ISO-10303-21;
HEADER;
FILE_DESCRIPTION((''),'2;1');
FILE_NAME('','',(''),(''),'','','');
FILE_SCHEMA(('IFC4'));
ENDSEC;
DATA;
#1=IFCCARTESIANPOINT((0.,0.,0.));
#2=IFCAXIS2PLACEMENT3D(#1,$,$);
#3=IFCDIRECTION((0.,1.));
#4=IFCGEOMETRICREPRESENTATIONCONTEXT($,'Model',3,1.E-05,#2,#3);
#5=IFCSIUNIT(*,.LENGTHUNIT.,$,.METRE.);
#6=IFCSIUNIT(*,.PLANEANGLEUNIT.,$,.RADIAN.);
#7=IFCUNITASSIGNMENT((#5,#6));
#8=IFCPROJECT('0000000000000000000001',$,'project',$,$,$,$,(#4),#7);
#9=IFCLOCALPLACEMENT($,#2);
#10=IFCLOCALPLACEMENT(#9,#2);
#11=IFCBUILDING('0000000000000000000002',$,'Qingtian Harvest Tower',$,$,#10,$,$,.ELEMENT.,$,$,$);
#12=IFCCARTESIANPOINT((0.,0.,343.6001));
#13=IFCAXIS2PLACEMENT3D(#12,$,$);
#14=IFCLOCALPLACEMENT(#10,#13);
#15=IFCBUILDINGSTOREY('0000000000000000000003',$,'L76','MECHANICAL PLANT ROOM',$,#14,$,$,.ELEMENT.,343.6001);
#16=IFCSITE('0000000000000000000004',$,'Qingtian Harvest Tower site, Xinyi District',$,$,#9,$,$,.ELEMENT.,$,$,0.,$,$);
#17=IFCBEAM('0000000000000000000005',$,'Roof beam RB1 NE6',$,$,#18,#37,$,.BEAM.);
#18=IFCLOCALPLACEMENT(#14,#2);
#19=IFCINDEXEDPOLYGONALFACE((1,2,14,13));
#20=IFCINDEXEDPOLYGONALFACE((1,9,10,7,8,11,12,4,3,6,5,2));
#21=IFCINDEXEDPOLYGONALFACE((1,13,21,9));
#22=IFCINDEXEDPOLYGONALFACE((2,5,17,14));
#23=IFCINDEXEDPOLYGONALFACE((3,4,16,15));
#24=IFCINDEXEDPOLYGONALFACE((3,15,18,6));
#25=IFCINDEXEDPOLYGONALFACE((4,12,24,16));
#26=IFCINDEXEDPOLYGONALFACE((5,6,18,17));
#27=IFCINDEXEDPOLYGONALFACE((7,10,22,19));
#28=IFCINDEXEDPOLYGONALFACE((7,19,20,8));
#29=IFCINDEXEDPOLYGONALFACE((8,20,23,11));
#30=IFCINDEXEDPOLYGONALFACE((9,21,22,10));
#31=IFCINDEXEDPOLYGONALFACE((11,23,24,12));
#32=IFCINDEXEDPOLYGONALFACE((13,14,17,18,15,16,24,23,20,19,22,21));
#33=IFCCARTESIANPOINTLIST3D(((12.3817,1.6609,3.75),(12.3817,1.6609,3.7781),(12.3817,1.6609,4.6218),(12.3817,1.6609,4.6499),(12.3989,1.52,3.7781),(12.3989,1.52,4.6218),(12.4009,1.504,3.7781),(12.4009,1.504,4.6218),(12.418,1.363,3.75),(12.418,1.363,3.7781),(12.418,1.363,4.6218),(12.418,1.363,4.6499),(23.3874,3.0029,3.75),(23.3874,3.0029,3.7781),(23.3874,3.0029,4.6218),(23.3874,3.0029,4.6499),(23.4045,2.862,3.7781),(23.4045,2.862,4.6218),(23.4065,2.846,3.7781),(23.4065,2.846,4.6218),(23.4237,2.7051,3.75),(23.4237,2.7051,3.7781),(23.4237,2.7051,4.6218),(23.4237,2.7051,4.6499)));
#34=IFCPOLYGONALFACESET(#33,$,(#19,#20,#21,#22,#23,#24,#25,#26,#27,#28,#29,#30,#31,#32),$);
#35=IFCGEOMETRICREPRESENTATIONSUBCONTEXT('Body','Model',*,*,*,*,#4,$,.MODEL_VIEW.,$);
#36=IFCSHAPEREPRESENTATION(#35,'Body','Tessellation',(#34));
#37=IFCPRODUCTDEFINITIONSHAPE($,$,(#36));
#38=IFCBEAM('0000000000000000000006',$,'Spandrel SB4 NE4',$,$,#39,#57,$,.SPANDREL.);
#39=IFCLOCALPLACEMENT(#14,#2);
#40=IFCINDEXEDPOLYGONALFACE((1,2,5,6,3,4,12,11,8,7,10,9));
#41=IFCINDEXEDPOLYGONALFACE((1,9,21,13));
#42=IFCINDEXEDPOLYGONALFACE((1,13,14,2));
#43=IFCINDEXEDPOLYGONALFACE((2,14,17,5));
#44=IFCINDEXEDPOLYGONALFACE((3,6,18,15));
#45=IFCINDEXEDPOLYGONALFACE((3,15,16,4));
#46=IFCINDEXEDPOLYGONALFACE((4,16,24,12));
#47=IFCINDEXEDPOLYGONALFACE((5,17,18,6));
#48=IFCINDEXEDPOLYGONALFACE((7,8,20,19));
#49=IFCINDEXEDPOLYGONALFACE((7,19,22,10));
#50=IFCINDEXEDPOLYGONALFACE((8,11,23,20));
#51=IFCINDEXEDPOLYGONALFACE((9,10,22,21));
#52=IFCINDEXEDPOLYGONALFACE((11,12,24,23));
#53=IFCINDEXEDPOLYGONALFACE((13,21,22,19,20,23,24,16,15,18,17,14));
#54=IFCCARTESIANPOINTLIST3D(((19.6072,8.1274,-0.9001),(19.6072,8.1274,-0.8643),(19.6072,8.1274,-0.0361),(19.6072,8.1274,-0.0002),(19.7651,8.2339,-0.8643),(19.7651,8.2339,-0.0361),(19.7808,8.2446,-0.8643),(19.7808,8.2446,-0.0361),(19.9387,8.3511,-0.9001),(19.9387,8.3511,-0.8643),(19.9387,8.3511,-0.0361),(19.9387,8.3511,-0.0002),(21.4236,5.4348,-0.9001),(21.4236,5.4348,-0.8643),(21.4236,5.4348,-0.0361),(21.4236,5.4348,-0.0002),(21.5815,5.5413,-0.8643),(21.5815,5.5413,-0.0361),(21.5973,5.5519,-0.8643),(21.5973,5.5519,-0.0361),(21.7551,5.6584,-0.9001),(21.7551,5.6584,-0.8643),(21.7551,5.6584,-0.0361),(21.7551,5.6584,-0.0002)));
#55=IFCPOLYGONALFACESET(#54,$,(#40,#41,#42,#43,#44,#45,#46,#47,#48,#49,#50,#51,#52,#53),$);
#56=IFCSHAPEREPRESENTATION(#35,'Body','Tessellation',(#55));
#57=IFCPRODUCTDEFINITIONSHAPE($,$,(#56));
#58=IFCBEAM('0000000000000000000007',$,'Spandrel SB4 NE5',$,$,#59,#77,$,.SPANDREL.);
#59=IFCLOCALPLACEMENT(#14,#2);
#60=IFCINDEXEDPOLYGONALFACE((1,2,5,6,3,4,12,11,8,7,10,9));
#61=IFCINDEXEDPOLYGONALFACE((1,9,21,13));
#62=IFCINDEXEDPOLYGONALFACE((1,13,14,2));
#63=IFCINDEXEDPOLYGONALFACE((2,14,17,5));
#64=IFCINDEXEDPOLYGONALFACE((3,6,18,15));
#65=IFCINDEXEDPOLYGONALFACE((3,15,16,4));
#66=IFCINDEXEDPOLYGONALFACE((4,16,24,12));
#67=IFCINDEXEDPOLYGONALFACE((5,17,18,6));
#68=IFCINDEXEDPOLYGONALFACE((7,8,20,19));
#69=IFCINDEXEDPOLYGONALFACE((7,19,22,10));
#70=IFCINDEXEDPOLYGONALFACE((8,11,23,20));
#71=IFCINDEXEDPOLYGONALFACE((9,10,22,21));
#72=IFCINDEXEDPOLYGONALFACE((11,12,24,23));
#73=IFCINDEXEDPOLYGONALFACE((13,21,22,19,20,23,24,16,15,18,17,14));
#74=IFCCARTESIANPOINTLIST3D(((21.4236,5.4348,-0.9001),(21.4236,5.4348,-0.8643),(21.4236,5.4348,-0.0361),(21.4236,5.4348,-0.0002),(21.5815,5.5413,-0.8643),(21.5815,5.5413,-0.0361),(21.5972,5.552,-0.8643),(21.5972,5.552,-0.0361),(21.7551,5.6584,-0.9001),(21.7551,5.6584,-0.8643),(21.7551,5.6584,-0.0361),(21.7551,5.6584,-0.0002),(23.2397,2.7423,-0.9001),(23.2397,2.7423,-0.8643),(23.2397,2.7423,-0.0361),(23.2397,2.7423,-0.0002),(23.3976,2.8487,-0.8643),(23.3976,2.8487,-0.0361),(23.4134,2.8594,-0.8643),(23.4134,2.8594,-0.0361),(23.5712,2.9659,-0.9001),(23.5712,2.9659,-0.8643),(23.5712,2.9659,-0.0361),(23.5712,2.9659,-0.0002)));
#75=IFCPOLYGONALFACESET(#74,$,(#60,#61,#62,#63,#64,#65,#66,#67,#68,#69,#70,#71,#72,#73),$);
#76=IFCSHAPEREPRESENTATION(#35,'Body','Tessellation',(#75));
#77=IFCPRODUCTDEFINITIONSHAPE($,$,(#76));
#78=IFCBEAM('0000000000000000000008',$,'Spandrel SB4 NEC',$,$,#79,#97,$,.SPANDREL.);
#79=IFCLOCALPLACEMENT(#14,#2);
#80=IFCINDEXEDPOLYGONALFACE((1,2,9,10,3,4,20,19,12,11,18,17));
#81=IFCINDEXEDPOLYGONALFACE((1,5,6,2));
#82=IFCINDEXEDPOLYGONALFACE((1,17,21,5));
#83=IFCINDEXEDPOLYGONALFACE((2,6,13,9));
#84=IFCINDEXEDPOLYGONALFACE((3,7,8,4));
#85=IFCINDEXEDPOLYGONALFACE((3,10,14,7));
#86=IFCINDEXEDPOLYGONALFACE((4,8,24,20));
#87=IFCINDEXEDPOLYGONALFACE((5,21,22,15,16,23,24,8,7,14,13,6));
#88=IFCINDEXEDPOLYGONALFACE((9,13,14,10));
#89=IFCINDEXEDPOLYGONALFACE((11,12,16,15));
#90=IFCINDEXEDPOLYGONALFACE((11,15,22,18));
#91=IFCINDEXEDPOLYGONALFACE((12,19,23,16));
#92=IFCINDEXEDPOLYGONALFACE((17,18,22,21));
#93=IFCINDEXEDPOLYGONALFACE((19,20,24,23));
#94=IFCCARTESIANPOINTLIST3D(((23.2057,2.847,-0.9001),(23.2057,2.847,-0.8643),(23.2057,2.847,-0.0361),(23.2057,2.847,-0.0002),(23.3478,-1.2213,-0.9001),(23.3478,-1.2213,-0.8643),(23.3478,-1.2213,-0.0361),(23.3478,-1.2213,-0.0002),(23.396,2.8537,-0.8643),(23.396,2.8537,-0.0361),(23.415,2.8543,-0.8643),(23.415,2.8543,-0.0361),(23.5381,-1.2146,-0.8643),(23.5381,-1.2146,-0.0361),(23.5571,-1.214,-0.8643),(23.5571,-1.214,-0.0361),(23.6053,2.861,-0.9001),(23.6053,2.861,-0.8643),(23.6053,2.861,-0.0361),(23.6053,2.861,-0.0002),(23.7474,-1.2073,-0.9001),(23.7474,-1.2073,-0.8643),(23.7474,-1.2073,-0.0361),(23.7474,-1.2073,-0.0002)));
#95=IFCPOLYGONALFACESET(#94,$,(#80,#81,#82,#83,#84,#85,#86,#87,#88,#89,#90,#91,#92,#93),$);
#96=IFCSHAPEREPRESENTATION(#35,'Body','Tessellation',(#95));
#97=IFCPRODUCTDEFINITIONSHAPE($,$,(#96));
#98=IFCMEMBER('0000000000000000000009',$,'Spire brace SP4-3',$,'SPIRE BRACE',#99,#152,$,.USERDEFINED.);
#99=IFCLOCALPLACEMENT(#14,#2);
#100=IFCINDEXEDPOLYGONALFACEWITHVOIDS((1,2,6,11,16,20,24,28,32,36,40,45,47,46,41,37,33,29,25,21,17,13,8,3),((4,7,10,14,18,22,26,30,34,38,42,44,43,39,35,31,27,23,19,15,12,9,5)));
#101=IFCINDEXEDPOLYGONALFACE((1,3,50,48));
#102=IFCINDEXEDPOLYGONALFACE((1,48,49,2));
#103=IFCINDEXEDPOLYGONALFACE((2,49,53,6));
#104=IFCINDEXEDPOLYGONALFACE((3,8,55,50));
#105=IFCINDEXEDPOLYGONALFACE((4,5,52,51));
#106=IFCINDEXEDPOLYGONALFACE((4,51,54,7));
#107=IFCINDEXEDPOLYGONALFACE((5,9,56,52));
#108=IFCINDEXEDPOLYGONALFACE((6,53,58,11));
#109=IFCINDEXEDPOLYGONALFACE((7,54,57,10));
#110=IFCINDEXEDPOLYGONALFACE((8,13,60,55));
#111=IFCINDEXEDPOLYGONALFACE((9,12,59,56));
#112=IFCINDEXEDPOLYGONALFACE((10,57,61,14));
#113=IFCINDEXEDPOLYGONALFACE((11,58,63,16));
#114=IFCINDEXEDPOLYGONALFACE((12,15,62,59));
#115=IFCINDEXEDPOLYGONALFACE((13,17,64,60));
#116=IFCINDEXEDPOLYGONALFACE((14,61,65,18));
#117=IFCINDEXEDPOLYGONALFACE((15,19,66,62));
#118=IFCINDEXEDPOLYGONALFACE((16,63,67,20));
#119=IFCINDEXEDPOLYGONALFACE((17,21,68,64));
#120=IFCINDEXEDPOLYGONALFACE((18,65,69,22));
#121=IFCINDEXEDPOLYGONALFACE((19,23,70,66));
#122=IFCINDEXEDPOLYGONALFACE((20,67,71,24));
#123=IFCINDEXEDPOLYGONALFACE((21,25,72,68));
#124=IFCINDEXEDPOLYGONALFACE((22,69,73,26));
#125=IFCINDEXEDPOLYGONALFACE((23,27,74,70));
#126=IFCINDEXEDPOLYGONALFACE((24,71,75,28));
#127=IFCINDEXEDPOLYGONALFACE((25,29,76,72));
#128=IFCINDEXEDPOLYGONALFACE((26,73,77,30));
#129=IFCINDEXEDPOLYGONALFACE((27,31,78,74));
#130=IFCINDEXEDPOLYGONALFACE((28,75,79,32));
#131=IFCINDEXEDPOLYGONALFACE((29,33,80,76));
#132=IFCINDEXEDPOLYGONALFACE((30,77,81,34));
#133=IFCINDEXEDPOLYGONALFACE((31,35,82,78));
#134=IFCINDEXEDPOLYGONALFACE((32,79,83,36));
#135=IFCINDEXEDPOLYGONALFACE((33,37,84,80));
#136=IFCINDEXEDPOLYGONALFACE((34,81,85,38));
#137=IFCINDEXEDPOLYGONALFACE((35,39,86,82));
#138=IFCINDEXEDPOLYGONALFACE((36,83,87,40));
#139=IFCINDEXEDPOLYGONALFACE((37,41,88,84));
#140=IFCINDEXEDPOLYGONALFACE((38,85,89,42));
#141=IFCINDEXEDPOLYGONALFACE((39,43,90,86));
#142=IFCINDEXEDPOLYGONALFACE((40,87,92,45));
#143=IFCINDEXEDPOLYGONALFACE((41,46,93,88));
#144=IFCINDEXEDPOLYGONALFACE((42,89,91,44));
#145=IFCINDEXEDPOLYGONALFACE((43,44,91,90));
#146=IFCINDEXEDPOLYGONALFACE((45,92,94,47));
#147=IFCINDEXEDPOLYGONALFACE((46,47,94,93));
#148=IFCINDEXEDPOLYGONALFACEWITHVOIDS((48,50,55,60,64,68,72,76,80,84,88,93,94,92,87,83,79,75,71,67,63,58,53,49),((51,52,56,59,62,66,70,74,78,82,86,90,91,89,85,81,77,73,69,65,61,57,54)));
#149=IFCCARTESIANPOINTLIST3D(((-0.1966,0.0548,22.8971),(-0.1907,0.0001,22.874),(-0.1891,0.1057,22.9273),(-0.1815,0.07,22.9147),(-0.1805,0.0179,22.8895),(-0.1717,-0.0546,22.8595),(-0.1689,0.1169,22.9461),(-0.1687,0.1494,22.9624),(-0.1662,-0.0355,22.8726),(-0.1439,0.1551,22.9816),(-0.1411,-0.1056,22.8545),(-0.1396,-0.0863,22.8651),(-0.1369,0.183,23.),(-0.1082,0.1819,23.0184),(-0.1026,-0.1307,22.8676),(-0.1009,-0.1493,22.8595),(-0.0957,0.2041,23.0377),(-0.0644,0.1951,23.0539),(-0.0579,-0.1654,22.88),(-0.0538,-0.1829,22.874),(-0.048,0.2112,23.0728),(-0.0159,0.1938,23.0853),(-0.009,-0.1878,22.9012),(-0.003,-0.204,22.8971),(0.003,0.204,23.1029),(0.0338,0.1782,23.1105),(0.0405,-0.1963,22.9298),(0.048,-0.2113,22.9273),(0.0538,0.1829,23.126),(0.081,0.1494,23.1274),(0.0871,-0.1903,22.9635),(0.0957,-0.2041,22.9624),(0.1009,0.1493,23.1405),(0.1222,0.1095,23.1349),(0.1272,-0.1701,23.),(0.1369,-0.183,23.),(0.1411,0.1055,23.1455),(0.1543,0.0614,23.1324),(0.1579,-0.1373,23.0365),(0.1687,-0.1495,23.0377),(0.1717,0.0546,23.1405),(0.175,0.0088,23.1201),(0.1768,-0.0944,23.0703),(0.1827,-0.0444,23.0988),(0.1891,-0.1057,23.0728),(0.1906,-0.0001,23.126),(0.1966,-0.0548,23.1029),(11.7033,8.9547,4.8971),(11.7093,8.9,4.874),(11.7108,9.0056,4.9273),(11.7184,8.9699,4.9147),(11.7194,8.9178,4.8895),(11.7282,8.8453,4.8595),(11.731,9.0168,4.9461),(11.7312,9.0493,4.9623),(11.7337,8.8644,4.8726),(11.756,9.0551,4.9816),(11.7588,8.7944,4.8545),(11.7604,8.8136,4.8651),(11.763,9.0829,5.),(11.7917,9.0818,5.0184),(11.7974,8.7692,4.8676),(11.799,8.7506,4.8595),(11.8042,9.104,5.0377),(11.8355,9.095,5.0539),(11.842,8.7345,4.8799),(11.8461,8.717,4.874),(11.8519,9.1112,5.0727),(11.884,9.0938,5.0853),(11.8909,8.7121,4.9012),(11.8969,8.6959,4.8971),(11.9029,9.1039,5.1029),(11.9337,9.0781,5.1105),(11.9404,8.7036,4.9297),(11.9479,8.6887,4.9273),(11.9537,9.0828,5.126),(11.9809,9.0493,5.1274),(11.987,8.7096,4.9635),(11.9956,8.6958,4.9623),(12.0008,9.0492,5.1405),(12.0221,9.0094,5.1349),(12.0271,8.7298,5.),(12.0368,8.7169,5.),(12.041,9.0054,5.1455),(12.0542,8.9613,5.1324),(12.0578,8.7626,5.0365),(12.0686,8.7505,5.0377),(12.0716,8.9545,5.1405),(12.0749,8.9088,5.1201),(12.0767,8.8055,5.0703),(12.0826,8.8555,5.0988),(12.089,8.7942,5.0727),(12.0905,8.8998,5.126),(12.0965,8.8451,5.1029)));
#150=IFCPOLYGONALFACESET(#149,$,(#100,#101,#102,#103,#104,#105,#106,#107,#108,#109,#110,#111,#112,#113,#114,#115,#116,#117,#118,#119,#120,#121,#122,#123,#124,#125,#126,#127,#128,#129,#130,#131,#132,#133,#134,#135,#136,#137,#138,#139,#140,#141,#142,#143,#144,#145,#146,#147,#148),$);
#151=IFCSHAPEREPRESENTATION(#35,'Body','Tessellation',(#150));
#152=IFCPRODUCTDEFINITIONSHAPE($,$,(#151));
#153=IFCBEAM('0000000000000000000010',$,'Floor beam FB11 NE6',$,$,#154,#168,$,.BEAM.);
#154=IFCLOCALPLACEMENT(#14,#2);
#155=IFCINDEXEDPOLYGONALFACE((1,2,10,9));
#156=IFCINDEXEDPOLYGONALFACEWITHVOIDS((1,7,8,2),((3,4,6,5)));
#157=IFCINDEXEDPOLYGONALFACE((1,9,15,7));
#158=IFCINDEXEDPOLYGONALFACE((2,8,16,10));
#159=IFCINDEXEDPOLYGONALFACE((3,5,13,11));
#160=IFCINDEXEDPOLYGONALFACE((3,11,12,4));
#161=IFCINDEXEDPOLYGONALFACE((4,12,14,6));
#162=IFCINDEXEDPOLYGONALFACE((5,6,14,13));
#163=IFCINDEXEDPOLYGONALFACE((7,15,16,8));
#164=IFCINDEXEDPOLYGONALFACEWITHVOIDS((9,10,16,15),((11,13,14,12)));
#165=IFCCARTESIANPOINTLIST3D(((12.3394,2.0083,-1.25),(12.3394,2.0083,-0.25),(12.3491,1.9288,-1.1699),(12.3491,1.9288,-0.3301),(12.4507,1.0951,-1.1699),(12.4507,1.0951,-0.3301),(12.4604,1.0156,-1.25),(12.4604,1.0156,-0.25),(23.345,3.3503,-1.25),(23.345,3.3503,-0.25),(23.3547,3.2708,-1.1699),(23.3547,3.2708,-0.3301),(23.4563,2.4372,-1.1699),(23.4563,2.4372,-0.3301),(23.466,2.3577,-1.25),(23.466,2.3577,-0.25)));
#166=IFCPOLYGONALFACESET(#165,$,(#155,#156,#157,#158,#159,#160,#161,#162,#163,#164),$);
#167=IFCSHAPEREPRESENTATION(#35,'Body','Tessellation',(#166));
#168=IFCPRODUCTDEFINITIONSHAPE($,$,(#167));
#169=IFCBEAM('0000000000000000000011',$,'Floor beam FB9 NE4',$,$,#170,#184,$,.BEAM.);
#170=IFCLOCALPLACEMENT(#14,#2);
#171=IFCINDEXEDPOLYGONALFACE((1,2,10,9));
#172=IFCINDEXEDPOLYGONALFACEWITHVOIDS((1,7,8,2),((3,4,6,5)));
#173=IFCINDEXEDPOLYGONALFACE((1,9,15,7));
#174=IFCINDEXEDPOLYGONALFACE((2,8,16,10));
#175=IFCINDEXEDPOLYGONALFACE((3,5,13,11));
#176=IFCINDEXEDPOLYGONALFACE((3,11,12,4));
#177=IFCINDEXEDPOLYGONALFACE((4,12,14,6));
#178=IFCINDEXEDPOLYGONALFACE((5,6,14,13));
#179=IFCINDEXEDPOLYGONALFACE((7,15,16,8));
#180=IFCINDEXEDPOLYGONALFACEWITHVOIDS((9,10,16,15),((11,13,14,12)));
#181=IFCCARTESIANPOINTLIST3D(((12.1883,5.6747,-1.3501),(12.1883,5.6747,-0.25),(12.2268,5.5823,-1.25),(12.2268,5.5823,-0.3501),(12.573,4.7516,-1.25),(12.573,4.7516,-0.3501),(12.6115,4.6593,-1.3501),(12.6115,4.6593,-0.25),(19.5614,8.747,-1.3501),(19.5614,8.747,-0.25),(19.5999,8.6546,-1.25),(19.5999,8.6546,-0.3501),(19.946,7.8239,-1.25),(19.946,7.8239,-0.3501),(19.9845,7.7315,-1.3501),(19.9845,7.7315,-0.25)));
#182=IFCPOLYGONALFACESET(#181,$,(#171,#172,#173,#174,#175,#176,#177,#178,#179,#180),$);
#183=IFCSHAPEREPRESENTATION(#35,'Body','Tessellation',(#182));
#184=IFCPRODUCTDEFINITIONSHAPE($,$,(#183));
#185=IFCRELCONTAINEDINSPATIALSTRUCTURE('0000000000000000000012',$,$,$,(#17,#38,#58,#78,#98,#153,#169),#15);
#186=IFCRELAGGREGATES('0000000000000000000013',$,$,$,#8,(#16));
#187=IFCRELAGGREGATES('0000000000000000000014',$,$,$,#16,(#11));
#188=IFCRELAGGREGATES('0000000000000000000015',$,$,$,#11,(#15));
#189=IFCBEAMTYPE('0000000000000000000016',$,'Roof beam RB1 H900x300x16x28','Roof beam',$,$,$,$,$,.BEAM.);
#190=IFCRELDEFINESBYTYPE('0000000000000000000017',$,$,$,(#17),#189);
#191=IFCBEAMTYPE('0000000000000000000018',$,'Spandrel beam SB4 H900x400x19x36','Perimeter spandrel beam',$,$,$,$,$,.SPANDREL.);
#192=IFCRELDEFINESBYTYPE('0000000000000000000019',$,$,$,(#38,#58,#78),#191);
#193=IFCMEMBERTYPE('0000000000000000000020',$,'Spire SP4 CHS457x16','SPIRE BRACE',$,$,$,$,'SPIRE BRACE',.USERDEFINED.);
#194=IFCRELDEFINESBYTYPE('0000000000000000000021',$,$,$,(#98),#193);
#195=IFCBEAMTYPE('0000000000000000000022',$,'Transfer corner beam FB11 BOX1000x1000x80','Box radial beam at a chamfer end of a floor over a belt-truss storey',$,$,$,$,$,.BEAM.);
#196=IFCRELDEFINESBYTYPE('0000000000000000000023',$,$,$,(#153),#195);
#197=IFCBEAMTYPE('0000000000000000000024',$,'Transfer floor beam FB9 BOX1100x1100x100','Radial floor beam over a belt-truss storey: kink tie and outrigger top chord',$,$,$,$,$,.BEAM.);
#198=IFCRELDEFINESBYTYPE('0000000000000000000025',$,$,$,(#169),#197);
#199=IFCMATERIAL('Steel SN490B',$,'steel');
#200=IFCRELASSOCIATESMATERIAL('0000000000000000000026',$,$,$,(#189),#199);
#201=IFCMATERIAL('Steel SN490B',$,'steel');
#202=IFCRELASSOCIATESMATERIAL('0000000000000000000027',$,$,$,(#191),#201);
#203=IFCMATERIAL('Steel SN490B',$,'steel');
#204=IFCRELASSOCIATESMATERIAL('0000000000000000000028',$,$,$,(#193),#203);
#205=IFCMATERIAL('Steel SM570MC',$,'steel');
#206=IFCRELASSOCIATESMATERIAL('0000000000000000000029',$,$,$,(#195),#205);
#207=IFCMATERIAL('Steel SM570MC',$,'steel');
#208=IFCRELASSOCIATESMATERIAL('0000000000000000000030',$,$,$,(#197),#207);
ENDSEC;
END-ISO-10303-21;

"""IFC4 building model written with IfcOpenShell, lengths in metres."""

from ifc_helpers import new_model, si_unit, direction, frame, origin, origin_2d, place, context, subcontext, project, spatial, hollow_rectangle, hollow_circle, i_section, extrude, material, material_profile, profile_set, type_object, element, save


model = new_model("IFC4")

# Units and contexts
model_context = context("Model", 3, precision=1e-05, world=origin(), true_north=direction((0.0, 1.0)))
body_context = subcontext(model_context, "Body", "Model", "MODEL_VIEW")
ifc_project = project(units=[si_unit("LENGTHUNIT", "METRE"), si_unit("PLANEANGLEUNIT", "RADIAN")], contexts=[model_context])

# Site, building, storey
site_placement = place(None, origin())
site = spatial("IfcSite", under=ifc_project, at=site_placement, Name="Qingtian Harvest Tower site, Xinyi District", CompositionType="ELEMENT", RefElevation=0.0)
building_placement = place(site_placement, origin())
building = spatial("IfcBuilding", under=site, at=building_placement, Name="Qingtian Harvest Tower", CompositionType="ELEMENT")
storey_placement = place(building_placement, frame((0.0, 0.0, 343.6001)))
storey = spatial("IfcBuildingStorey", under=building, at=storey_placement, Name="L76", Description="MECHANICAL PLANT ROOM", CompositionType="ELEMENT", Elevation=343.6001)

# Beams
ifc_material_1 = material(Name="Steel SN490B", Category="steel")
ifc_material_profile_1 = material_profile(ifc_material_1, i_section(OverallWidth=0.3, OverallDepth=0.8999, WebThickness=0.0161, FlangeThickness=0.0281, at=origin_2d()), Name="H900x300x16x28")
ifc_profile_set_1 = profile_set([ifc_material_profile_1], Name="Steel SN490B")
beam_type_1 = type_object("IfcBeamType", Name="Roof beam RB1 H900x300x16x28", Description="Roof beam", PredefinedType="BEAM", material=ifc_profile_set_1)
beam_1_placement = place(storey_placement, frame((23.4055, 2.854, 4.2), z_axis=(-0.992647, -0.121045, 0.0), x_axis=(0.121045, -0.992647, 0.0)))
element("IfcBeam", 1, at=beam_1_placement, inside=storey, type_object=beam_type_1, Name="Roof beam RB1 NE6", PredefinedType="BEAM", context=body_context, shape_type="SweptSolid", body=[
    extrude(i_section(OverallWidth=0.3, OverallDepth=0.8999, WebThickness=0.0161, FlangeThickness=0.0281, at=origin_2d()), origin(), (0.0, 0.0, 1.0), 11.0872),
])
ifc_material_2 = material(Name="Steel SN490B", Category="steel")
ifc_material_profile_2 = material_profile(ifc_material_2, i_section(OverallWidth=0.3999, OverallDepth=0.8999, WebThickness=0.019, FlangeThickness=0.0359, at=origin_2d()), Name="H900x400x19x36")
ifc_profile_set_2 = profile_set([ifc_material_profile_2], Name="Steel SN490B")
beam_type_2 = type_object("IfcBeamType", Name="Spandrel beam SB4 H900x400x19x36", Description="Perimeter spandrel beam", PredefinedType="SPANDREL", material=ifc_profile_set_2)
beam_2_placement = place(storey_placement, frame((19.7729, 8.2393, -0.4502), z_axis=(0.559237, -0.829008, 0.0), x_axis=(0.829008, 0.559237, 0.0)))
element("IfcBeam", 2, at=beam_2_placement, inside=storey, type_object=beam_type_2, Name="Spandrel SB4 NE4", PredefinedType="SPANDREL", context=body_context, shape_type="SweptSolid", body=[
    extrude(i_section(OverallWidth=0.3999, OverallDepth=0.8999, WebThickness=0.019, FlangeThickness=0.0359, at=origin_2d()), origin(), (0.0, 0.0, 1.0), 3.248),
])
beam_3_placement = place(storey_placement, frame((21.5894, 5.5466, -0.4502), z_axis=(0.559185, -0.829043, 0.0), x_axis=(0.829043, 0.559185, 0.0)))
element("IfcBeam", 3, at=beam_3_placement, inside=storey, type_object=beam_type_2, Name="Spandrel SB4 NE5", PredefinedType="SPANDREL", context=body_context, shape_type="SweptSolid", body=[
    extrude(i_section(OverallWidth=0.3999, OverallDepth=0.8999, WebThickness=0.019, FlangeThickness=0.0359, at=origin_2d()), origin(), (0.0, 0.0, 1.0), 3.2478),
])
beam_4_placement = place(storey_placement, frame((23.4055, 2.854, -0.4502), z_axis=(0.034904, -0.999391, 0.0), x_axis=(0.999391, 0.034904, 0.0)))
element("IfcBeam", 4, at=beam_4_placement, inside=storey, type_object=beam_type_2, Name="Spandrel SB4 NEC", PredefinedType="SPANDREL", context=body_context, shape_type="SweptSolid", body=[
    extrude(i_section(OverallWidth=0.3999, OverallDepth=0.8999, WebThickness=0.019, FlangeThickness=0.0359, at=origin_2d()), origin(), (0.0, 0.0, 1.0), 4.0708),
])

# Member
ifc_material_3 = material(Name="Steel SN490B", Category="steel")
ifc_material_profile_3 = material_profile(ifc_material_3, hollow_circle(Radius=0.2285, WallThickness=0.0161, at=origin_2d()), Name="CHS457x16")
ifc_profile_set_3 = profile_set([ifc_material_profile_3], Name="Steel SN490B")
member_type = type_object("IfcMemberType", Name="Spire SP4 CHS457x16", Description="SPIRE BRACE", ElementType="SPIRE BRACE", PredefinedType="USERDEFINED", material=ifc_profile_set_3)
member_placement = place(storey_placement, frame((11.8999, 8.8999, 5.0), z_axis=(-0.509822, -0.381294, 0.771166), x_axis=(0.598922, -0.800808, 0.0)))
element("IfcMember", 5, at=member_placement, inside=storey, type_object=member_type, Name="Spire brace SP4-3", ObjectType="SPIRE BRACE", PredefinedType="USERDEFINED", context=body_context, shape_type="SweptSolid", body=[
    extrude(hollow_circle(Radius=0.2285, WallThickness=0.0161, at=origin_2d()), origin(), (0.0, 0.0, 1.0), 23.3413),
])

# Beams
ifc_material_4 = material(Name="Steel SM570MC", Category="steel")
ifc_material_profile_4 = material_profile(ifc_material_4, hollow_rectangle(XDim=1.0, YDim=1.0, WallThickness=0.0801, at=origin_2d()), Name="BOX1000x1000x80")
ifc_profile_set_4 = profile_set([ifc_material_profile_4], Name="Steel SM570MC")
beam_type_3 = type_object("IfcBeamType", Name="Transfer corner beam FB11 BOX1000x1000x80", Description="Box radial beam at a chamfer end of a floor over a belt-truss storey", PredefinedType="BEAM", material=ifc_profile_set_4)
beam_5_placement = place(storey_placement, frame((23.4055, 2.854, -0.75), z_axis=(-0.992647, -0.121045, 0.0), x_axis=(0.121045, -0.992647, 0.0)))
element("IfcBeam", 6, at=beam_5_placement, inside=storey, type_object=beam_type_3, Name="Floor beam FB11 NE6", PredefinedType="BEAM", context=body_context, shape_type="SweptSolid", body=[
    extrude(hollow_rectangle(XDim=1.0, YDim=1.0, WallThickness=0.0801, at=origin_2d()), origin(), (0.0, 0.0, 1.0), 11.0872),
])
ifc_material_5 = material(Name="Steel SM570MC", Category="steel")
ifc_material_profile_5 = material_profile(ifc_material_5, hollow_rectangle(XDim=1.1001, YDim=1.1001, WallThickness=0.1001, at=origin_2d()), Name="BOX1100x1100x100")
ifc_profile_set_5 = profile_set([ifc_material_profile_5], Name="Steel SM570MC")
beam_type_4 = type_object("IfcBeamType", Name="Transfer floor beam FB9 BOX1100x1100x100", Description="Radial floor beam over a belt-truss storey: kink tie and outrigger top chord", PredefinedType="BEAM", material=ifc_profile_set_5)
beam_6_placement = place(storey_placement, frame((19.7729, 8.2393, -0.8), z_axis=(-0.92307, -0.384633, 0.0), x_axis=(0.384633, -0.92307, 0.0)))
element("IfcBeam", 7, at=beam_6_placement, inside=storey, type_object=beam_type_4, Name="Floor beam FB9 NE4", PredefinedType="BEAM", context=body_context, shape_type="SweptSolid", body=[
    extrude(hollow_rectangle(XDim=1.1001, YDim=1.1001, WallThickness=0.1001, at=origin_2d()), origin(), (0.0, 0.0, 1.0), 7.9875),
])

save(model, "model.ifc")
